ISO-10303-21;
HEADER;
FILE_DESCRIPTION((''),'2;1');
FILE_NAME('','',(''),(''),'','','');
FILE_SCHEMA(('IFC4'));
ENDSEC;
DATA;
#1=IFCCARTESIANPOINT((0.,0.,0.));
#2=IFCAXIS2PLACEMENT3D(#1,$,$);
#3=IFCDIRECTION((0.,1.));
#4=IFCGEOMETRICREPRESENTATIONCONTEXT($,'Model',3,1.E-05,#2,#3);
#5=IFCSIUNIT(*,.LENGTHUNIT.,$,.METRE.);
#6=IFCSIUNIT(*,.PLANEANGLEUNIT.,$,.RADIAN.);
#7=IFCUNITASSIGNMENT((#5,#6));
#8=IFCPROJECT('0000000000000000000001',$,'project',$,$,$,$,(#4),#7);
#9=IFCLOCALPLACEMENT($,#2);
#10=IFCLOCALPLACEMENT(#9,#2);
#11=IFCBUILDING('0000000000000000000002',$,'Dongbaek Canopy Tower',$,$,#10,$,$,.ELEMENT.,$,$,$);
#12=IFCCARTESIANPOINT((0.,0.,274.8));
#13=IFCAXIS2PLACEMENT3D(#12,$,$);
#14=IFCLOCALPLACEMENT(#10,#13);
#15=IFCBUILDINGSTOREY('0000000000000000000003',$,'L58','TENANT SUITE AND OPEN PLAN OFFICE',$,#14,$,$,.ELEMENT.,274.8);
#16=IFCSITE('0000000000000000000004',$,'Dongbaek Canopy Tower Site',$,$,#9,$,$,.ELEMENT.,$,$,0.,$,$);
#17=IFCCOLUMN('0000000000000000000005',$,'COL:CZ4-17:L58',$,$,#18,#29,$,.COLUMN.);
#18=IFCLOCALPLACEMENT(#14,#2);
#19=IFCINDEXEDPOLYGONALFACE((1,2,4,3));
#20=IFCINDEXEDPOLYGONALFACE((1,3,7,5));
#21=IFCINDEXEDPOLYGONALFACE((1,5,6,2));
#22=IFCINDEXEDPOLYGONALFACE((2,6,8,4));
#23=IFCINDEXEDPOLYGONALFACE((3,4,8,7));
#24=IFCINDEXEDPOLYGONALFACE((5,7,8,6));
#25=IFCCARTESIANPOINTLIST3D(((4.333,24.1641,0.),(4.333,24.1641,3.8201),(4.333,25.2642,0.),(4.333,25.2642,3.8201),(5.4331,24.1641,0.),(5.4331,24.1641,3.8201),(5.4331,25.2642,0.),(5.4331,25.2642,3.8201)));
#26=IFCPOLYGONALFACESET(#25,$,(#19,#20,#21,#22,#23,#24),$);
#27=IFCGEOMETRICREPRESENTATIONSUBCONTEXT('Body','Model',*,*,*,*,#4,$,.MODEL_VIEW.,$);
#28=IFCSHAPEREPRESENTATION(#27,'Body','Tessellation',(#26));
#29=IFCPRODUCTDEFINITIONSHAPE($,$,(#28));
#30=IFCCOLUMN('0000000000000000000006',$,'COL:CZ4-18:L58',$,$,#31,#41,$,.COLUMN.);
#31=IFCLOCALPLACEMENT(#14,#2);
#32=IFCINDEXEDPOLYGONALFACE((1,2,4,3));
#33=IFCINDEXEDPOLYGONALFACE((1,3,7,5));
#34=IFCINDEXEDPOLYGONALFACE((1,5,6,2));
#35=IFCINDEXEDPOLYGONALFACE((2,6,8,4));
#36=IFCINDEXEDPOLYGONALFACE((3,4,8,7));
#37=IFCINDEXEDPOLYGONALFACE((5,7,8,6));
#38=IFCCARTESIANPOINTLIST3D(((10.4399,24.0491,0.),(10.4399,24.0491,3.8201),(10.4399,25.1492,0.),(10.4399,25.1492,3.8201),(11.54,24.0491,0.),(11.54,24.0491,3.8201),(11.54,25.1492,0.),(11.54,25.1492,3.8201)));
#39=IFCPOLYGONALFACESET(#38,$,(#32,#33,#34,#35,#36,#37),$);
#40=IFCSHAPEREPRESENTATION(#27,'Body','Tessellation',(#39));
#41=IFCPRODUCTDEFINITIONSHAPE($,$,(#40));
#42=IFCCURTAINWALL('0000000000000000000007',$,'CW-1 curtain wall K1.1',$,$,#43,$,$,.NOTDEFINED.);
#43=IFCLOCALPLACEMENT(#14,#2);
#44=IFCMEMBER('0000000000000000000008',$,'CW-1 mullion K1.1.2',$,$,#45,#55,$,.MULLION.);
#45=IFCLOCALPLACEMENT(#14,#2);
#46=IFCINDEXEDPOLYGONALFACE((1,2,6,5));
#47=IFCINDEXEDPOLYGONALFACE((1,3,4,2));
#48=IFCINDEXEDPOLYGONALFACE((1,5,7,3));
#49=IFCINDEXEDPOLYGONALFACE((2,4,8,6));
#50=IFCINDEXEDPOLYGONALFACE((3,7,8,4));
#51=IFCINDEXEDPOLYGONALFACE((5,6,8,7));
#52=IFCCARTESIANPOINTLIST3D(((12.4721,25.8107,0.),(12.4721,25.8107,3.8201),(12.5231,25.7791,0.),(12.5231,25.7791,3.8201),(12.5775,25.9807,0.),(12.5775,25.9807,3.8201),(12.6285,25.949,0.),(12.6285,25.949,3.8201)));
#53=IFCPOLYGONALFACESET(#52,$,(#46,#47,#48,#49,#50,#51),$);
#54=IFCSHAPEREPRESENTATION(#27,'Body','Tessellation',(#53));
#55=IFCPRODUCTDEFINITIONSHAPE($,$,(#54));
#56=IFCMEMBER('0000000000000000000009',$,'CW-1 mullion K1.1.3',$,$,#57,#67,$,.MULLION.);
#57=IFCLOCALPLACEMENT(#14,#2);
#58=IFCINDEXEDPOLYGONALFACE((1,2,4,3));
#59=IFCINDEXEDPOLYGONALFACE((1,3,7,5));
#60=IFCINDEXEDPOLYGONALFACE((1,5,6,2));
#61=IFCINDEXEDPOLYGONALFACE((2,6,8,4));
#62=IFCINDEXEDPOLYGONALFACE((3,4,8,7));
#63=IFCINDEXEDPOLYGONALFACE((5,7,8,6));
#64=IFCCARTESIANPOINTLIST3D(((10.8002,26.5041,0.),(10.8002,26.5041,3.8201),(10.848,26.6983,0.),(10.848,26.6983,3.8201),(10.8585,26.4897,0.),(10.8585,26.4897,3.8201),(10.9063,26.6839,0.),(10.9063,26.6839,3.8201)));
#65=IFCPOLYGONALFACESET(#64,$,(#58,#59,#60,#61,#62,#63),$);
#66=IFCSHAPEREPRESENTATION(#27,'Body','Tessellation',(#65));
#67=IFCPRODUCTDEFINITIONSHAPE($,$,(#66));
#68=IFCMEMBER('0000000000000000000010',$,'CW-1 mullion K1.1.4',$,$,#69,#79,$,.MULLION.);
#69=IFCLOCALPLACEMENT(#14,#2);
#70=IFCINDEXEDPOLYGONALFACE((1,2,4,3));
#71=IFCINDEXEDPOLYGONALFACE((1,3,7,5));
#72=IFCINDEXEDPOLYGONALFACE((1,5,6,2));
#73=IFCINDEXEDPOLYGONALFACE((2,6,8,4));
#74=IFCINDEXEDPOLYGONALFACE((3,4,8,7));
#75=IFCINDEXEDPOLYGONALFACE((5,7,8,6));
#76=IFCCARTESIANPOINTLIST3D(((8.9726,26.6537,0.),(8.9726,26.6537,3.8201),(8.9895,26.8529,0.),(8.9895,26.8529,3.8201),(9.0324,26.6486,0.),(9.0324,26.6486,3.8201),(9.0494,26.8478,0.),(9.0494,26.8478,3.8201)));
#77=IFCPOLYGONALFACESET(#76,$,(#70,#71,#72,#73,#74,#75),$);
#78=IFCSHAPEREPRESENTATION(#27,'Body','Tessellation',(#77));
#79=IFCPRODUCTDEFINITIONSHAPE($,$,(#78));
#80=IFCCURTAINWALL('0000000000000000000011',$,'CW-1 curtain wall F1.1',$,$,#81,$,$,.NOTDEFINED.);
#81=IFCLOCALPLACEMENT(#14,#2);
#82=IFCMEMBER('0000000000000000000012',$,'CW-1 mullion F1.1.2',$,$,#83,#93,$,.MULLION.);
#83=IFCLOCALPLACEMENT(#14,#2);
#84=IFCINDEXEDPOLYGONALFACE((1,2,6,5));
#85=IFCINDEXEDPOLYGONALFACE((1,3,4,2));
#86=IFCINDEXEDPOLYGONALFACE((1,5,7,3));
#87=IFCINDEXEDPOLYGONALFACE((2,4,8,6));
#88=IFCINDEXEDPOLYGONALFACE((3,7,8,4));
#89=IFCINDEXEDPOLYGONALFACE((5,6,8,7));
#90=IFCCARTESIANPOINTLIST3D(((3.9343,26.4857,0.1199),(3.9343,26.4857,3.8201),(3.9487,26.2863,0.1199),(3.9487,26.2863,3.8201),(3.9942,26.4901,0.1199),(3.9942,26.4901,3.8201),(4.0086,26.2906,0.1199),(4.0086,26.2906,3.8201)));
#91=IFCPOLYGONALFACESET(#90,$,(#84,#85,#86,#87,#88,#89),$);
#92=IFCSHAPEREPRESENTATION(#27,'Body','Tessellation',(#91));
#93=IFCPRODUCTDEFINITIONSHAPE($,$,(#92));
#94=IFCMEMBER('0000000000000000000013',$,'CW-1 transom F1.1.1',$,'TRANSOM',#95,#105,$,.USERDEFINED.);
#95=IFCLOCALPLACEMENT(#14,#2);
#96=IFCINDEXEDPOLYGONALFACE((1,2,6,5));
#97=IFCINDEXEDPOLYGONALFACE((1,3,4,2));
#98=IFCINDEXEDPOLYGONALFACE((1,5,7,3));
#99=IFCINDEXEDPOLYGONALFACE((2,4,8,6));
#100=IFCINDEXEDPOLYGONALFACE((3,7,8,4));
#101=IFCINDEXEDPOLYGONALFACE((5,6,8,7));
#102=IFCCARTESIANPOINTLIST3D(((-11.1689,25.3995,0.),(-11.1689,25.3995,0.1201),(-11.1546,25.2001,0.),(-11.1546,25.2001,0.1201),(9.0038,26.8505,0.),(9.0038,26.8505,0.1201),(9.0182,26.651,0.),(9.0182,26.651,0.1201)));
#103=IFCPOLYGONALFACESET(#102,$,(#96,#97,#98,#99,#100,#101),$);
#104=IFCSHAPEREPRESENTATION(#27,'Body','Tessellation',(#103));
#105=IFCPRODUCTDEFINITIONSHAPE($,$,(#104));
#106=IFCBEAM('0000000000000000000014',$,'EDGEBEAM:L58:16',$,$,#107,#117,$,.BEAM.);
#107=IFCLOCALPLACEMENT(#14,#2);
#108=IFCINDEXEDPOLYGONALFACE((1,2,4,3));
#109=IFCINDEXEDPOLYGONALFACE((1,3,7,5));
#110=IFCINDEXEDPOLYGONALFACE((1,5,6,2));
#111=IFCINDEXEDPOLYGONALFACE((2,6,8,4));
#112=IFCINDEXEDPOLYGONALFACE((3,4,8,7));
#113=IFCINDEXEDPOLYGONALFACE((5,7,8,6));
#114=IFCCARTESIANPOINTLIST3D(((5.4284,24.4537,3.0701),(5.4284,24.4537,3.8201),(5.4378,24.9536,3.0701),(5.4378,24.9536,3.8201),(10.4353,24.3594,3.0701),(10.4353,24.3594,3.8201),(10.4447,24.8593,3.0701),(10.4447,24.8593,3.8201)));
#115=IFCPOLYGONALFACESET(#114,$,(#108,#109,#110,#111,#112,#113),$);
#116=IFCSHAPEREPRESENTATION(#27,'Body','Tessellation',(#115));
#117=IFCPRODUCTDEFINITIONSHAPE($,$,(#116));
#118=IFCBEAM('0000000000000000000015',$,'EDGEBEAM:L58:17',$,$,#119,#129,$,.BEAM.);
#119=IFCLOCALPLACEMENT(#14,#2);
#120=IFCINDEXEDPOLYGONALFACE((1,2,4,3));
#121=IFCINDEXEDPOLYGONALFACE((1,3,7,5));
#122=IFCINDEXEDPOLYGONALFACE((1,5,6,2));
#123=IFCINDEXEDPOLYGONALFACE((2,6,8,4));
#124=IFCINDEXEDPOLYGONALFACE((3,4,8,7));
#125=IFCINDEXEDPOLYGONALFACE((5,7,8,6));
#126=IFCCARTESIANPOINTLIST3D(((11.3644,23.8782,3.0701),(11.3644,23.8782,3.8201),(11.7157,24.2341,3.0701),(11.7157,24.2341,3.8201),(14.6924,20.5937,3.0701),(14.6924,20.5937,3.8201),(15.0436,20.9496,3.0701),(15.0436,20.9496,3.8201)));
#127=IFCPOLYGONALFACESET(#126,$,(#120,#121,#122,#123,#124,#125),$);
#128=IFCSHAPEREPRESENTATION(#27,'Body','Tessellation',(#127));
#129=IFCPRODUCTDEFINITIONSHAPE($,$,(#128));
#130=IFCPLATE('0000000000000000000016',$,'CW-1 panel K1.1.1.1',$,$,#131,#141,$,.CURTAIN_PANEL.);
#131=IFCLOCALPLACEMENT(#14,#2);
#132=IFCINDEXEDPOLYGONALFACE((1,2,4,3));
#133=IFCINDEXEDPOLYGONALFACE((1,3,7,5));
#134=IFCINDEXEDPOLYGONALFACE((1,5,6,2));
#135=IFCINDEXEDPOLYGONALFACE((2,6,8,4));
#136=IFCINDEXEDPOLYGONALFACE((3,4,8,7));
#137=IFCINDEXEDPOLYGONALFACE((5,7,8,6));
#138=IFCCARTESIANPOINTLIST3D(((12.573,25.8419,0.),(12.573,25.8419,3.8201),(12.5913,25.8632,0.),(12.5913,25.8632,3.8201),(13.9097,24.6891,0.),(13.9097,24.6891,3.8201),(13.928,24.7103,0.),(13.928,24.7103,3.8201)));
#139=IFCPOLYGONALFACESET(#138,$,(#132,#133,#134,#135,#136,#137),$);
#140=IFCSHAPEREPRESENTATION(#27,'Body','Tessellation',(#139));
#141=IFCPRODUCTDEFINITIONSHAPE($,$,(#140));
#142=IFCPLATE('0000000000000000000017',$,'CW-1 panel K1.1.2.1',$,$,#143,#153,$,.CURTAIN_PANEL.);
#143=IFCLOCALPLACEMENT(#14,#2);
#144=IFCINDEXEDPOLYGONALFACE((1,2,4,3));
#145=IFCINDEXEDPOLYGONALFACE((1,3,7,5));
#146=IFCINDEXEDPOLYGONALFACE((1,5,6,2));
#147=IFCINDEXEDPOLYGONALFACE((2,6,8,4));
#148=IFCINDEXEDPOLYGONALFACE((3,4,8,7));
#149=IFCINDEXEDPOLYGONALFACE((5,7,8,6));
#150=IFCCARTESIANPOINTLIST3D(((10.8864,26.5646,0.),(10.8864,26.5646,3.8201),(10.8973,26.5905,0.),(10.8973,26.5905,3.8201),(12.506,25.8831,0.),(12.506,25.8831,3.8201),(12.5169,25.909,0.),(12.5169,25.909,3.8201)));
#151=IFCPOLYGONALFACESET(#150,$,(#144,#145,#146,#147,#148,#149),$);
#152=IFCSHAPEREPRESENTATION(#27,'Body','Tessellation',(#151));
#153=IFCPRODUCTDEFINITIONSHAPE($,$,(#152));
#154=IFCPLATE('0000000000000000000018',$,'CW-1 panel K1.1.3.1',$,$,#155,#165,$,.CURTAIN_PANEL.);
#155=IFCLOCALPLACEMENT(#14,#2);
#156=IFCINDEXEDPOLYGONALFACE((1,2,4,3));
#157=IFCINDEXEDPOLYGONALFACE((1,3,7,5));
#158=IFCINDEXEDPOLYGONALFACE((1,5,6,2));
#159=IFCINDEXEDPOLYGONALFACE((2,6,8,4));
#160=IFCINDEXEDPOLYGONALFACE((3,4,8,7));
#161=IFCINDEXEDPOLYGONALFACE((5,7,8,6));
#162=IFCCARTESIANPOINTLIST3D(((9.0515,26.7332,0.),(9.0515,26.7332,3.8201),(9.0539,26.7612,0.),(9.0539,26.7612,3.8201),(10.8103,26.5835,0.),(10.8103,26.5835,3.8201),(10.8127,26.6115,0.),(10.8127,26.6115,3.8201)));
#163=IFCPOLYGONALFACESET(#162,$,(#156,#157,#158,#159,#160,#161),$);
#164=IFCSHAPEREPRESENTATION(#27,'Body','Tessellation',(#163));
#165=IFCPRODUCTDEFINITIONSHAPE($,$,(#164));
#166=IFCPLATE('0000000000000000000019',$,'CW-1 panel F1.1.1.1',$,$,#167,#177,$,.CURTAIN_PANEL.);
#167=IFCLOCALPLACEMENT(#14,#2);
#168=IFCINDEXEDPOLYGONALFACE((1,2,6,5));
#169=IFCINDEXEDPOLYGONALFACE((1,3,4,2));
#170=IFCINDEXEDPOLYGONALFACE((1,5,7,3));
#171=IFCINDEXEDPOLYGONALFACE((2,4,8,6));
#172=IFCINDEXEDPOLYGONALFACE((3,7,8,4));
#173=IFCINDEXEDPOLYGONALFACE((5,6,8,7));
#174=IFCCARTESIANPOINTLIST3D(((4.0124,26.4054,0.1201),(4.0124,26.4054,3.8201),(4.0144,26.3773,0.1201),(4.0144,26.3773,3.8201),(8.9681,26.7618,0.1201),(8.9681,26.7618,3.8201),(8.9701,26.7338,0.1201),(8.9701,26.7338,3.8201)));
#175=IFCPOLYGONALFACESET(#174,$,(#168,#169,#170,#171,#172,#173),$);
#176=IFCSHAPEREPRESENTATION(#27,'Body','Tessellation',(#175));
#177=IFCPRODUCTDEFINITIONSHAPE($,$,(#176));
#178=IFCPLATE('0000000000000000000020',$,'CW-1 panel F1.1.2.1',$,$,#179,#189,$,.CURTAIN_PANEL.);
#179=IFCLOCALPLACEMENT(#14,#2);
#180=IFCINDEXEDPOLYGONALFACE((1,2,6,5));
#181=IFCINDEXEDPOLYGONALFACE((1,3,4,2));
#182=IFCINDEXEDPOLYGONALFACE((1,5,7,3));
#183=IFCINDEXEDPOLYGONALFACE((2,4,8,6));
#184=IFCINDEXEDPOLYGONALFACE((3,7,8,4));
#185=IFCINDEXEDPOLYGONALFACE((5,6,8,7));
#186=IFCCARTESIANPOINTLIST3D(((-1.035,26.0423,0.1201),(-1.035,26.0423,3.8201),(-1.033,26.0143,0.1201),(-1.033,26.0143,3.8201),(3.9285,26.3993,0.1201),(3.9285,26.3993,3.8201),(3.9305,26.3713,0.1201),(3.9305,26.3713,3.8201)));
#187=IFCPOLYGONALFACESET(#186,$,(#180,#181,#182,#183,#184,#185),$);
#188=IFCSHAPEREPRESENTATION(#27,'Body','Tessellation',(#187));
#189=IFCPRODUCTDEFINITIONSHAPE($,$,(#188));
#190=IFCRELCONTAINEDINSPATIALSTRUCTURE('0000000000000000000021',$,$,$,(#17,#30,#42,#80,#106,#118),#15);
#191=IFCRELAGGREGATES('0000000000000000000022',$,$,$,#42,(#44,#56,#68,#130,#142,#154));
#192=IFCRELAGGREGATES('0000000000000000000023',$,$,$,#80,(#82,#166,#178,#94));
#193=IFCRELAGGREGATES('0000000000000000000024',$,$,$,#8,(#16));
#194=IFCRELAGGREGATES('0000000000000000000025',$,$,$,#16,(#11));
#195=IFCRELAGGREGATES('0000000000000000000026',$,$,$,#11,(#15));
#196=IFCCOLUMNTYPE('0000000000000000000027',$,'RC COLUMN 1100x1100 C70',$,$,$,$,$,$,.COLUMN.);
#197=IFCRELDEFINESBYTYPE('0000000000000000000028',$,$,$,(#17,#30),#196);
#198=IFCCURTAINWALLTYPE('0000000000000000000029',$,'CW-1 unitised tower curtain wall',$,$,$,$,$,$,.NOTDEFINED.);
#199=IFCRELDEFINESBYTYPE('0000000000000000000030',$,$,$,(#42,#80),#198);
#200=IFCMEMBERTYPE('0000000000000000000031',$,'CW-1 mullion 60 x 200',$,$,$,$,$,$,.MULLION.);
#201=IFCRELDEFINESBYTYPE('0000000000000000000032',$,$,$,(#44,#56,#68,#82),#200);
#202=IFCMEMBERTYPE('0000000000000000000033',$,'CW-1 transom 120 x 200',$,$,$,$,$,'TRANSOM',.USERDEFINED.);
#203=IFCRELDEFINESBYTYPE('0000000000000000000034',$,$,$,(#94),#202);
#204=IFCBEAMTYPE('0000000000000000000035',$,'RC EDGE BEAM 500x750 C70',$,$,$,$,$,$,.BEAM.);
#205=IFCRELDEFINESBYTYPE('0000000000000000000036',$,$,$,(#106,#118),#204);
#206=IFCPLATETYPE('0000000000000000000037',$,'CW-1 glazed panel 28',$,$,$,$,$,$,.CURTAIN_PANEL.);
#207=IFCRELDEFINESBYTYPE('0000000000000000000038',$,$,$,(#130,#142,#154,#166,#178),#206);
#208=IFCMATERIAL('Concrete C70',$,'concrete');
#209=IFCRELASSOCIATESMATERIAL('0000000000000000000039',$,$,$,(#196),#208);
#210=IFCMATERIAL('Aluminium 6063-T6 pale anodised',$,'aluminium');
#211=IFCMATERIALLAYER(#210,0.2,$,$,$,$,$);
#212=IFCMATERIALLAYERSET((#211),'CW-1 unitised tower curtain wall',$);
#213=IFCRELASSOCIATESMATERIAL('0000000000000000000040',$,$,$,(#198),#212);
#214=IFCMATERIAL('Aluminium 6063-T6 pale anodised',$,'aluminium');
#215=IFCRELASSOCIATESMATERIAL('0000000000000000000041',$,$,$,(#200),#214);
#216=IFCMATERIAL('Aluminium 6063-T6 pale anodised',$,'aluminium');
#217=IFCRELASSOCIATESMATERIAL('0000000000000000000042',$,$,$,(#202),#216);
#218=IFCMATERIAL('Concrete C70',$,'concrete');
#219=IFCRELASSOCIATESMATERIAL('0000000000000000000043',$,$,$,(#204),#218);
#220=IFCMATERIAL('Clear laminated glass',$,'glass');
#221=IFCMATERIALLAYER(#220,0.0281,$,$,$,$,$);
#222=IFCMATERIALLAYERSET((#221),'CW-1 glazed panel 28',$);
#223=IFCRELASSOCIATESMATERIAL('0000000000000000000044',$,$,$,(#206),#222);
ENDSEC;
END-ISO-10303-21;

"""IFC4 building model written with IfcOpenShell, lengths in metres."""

from ifc_helpers import new_model, si_unit, direction, frame, origin, origin_2d, place, context, subcontext, project, spatial, rectangle, extrude, material, layer, layer_set, material_profile, profile_set, type_object, element, aggregate, save


model = new_model("IFC4")

# Units and contexts
model_context = context("Model", 3, precision=1e-05, world=origin(), true_north=direction((0.0, 1.0)))
body_context = subcontext(model_context, "Body", "Model", "MODEL_VIEW")
ifc_project = project(units=[si_unit("LENGTHUNIT", "METRE"), si_unit("PLANEANGLEUNIT", "RADIAN")], contexts=[model_context])

# Site, building, storey
site_placement = place(None, origin())
site = spatial("IfcSite", under=ifc_project, at=site_placement, Name="Dongbaek Canopy Tower Site", CompositionType="ELEMENT", RefElevation=0.0)
building_placement = place(site_placement, origin())
building = spatial("IfcBuilding", under=site, at=building_placement, Name="Dongbaek Canopy Tower", CompositionType="ELEMENT")
storey_placement = place(building_placement, frame((0.0, 0.0, 274.8)))
storey = spatial("IfcBuildingStorey", under=building, at=storey_placement, Name="L58", Description="TENANT SUITE AND OPEN PLAN OFFICE", CompositionType="ELEMENT", Elevation=274.8)

# Columns
ifc_material_1 = material(Name="Concrete C70", Category="concrete")
ifc_material_profile_1 = material_profile(ifc_material_1, rectangle(XDim=1.1001, YDim=1.1001, at=origin_2d()), Name="RC COLUMN 1100x1100 C70")
ifc_profile_set_1 = profile_set([ifc_material_profile_1], Name="Concrete C70")
column_type = type_object("IfcColumnType", Name="RC COLUMN 1100x1100 C70", PredefinedType="COLUMN", material=ifc_profile_set_1)
for number, where, z_axis, x_axis, name in (
    (1, (4.8831, 24.7141, 0.0), (0.0, 0.0, 1.0), (1.0, 0.0, 0.0), "COL:CZ4-17:L58"),
    (2, (10.99, 24.5991, 0.0), (0.0, 0.0, 1.0), (1.0, 0.0, 0.0), "COL:CZ4-18:L58"),
):
    element("IfcColumn", number, at=place(storey_placement, frame(where, z_axis=z_axis, x_axis=x_axis)), inside=storey, type_object=column_type, Name=name, PredefinedType="COLUMN", context=body_context, shape_type="SweptSolid", body=[
        extrude(rectangle(XDim=1.1001, YDim=1.1001, at=origin_2d()), origin(), (0.0, 0.0, 1.0), 3.8201),
    ])

# Curtain walls, members
ifc_material_2 = material(Name="Aluminium 6063-T6 pale anodised", Category="aluminium")
ifc_layer_1 = layer(ifc_material_2, 0.2)
ifc_layer_set_1 = layer_set([ifc_layer_1], Name="CW-1 unitised tower curtain wall")
curtain_wall_type = type_object("IfcCurtainWallType", Name="CW-1 unitised tower curtain wall", PredefinedType="NOTDEFINED", material=ifc_layer_set_1)
curtain_wall_1_placement = place(storey_placement, origin())
curtain_wall_1 = element("IfcCurtainWall", 3, at=curtain_wall_1_placement, inside=storey, type_object=curtain_wall_type, Name="CW-1 curtain wall K1.1", PredefinedType="NOTDEFINED")
ifc_material_3 = material(Name="Aluminium 6063-T6 pale anodised", Category="aluminium")
ifc_material_profile_2 = material_profile(ifc_material_3, rectangle(XDim=0.2, YDim=0.0601, at=origin_2d()), Name="CW-1 mullion 60 x 200")
ifc_profile_set_2 = profile_set([ifc_material_profile_2], Name="Aluminium 6063-T6 pale anodised")
member_type_1 = type_object("IfcMemberType", Name="CW-1 mullion 60 x 200", PredefinedType="MULLION", material=ifc_profile_set_2)
member_1_placement = place(storey_placement, frame((12.5503, 25.8799, 0.0), z_axis=(0.0, 0.0, 1.0), x_axis=(0.526937, 0.849904, 0.0)))
member_1 = element("IfcMember", 4, at=member_1_placement, type_object=member_type_1, Name="CW-1 mullion K1.1.2", PredefinedType="MULLION", context=body_context, shape_type="SweptSolid", body=[
    extrude(rectangle(XDim=0.2, YDim=0.0601, at=origin_2d()), origin(), (0.0, 0.0, 1.0), 3.8201),
])
member_2_placement = place(storey_placement, frame((10.8533, 26.594, 0.0), z_axis=(0.0, 0.0, 1.0), x_axis=(0.23925, 0.970958, 0.0)))
member_2 = element("IfcMember", 5, at=member_2_placement, type_object=member_type_1, Name="CW-1 mullion K1.1.3", PredefinedType="MULLION", context=body_context, shape_type="SweptSolid", body=[
    extrude(rectangle(XDim=0.2, YDim=0.0601, at=origin_2d()), origin(), (0.0, 0.0, 1.0), 3.8201),
])
member_3_placement = place(storey_placement, frame((9.011, 26.7507, 0.0), z_axis=(0.0, 0.0, 1.0), x_axis=(0.084792, 0.996399, 0.0)))
member_3 = element("IfcMember", 6, at=member_3_placement, type_object=member_type_1, Name="CW-1 mullion K1.1.4", PredefinedType="MULLION", context=body_context, shape_type="SweptSolid", body=[
    extrude(rectangle(XDim=0.2, YDim=0.0601, at=origin_2d()), origin(), (0.0, 0.0, 1.0), 3.8201),
])
curtain_wall_2_placement = place(storey_placement, origin())
curtain_wall_2 = element("IfcCurtainWall", 7, at=curtain_wall_2_placement, inside=storey, type_object=curtain_wall_type, Name="CW-1 curtain wall F1.1", PredefinedType="NOTDEFINED")
member_4_placement = place(storey_placement, frame((3.9714, 26.3882, 0.1199), z_axis=(0.0, 0.0, 1.0), x_axis=(-0.071744, 0.997423, 0.0)))
member_4 = element("IfcMember", 8, at=member_4_placement, type_object=member_type_1, Name="CW-1 mullion F1.1.2", PredefinedType="MULLION", context=body_context, shape_type="SweptSolid", body=[
    extrude(rectangle(XDim=0.2, YDim=0.0601, at=origin_2d()), origin(), (0.0, 0.0, 1.0), 3.7002),
])
ifc_material_4 = material(Name="Aluminium 6063-T6 pale anodised", Category="aluminium")
ifc_material_profile_3 = material_profile(ifc_material_4, rectangle(XDim=0.2, YDim=0.1201, at=origin_2d()), Name="CW-1 transom 120 x 200")
ifc_profile_set_3 = profile_set([ifc_material_profile_3], Name="Aluminium 6063-T6 pale anodised")
member_type_2 = type_object("IfcMemberType", Name="CW-1 transom 120 x 200", ElementType="TRANSOM", PredefinedType="USERDEFINED", material=ifc_profile_set_3)
member_5_placement = place(storey_placement, frame((9.011, 26.7507, 0.0601), z_axis=(-0.997423, -0.071739, 0.0), x_axis=(0.071739, -0.997423, 0.0)))
member_5 = element("IfcMember", 9, at=member_5_placement, type_object=member_type_2, Name="CW-1 transom F1.1.1", ObjectType="TRANSOM", PredefinedType="USERDEFINED", context=body_context, shape_type="SweptSolid", body=[
    extrude(rectangle(XDim=0.2, YDim=0.1201, at=origin_2d()), origin(), (0.0, 0.0, 1.0), 20.2249),
])

# Beams
ifc_material_5 = material(Name="Concrete C70", Category="concrete")
ifc_material_profile_4 = material_profile(ifc_material_5, rectangle(XDim=0.5, YDim=0.75, at=origin_2d()), Name="RC EDGE BEAM 500x750 C70")
ifc_profile_set_4 = profile_set([ifc_material_profile_4], Name="Concrete C70")
beam_type = type_object("IfcBeamType", Name="RC EDGE BEAM 500x750 C70", PredefinedType="BEAM", material=ifc_profile_set_4)
beam_1_placement = place(storey_placement, frame((5.4331, 24.7036, 3.4451), z_axis=(0.999823, -0.018819, 0.0), x_axis=(0.018819, 0.999823, 0.0)))
element("IfcBeam", 10, at=beam_1_placement, inside=storey, type_object=beam_type, Name="EDGEBEAM:L58:16", PredefinedType="BEAM", context=body_context, shape_type="SweptSolid", body=[
    extrude(rectangle(XDim=0.5, YDim=0.75, at=origin_2d()), origin(), (0.0, 0.0, 1.0), 5.0078),
])
beam_2_placement = place(storey_placement, frame((11.54, 24.0562, 3.4451), z_axis=(0.711739, -0.702444, 0.0), x_axis=(0.702444, 0.711739, 0.0)))
element("IfcBeam", 11, at=beam_2_placement, inside=storey, type_object=beam_type, Name="EDGEBEAM:L58:17", PredefinedType="BEAM", context=body_context, shape_type="SweptSolid", body=[
    extrude(rectangle(XDim=0.5, YDim=0.75, at=origin_2d()), origin(), (0.0, 0.0, 1.0), 4.6758),
])

# Plates
ifc_material_6 = material(Name="Clear laminated glass", Category="glass")
ifc_layer_2 = layer(ifc_material_6, 0.0281)
ifc_layer_set_2 = layer_set([ifc_layer_2], Name="CW-1 glazed panel 28")
plate_type = type_object("IfcPlateType", Name="CW-1 glazed panel 28", PredefinedType="CURTAIN_PANEL", material=ifc_layer_set_2)
plate_1_placement = place(storey_placement, frame((13.2505, 25.2761, 0.0), z_axis=(0.0, 0.0, 1.0), x_axis=(-0.757258, 0.653116, 0.0)))
plate_1 = element("IfcPlate", 12, at=plate_1_placement, type_object=plate_type, Name="CW-1 panel K1.1.1.1", PredefinedType="CURTAIN_PANEL", context=body_context, shape_type="SweptSolid", body=[
    extrude(rectangle(XDim=1.7651, YDim=0.0281, at=origin_2d()), origin(), (0.0, 0.0, 1.0), 3.8201),
])
plate_2_placement = place(storey_placement, frame((11.7017, 26.2368, 0.0), z_axis=(0.0, 0.0, 1.0), x_axis=(-0.921724, 0.387845, 0.0)))
plate_2 = element("IfcPlate", 13, at=plate_2_placement, type_object=plate_type, Name="CW-1 panel K1.1.2.1", PredefinedType="CURTAIN_PANEL", context=body_context, shape_type="SweptSolid", body=[
    extrude(rectangle(XDim=1.7571, YDim=0.0281, at=origin_2d()), origin(), (0.0, 0.0, 1.0), 3.8201),
])
plate_3_placement = place(storey_placement, frame((9.9321, 26.6724, 0.0), z_axis=(0.0, 0.0, 1.0), x_axis=(-0.996399, 0.084792, 0.0)))
plate_3 = element("IfcPlate", 14, at=plate_3_placement, type_object=plate_type, Name="CW-1 panel K1.1.3.1", PredefinedType="CURTAIN_PANEL", context=body_context, shape_type="SweptSolid", body=[
    extrude(rectangle(XDim=1.7651, YDim=0.0281, at=origin_2d()), origin(), (0.0, 0.0, 1.0), 3.8201),
])
aggregate(curtain_wall_1, [member_1, member_2, member_3, plate_1, plate_2, plate_3])
plate_4_placement = place(storey_placement, frame((6.4912, 26.5696, 0.1201), z_axis=(0.0, 0.0, 1.0), x_axis=(-0.997423, -0.071744, 0.0)))
plate_4 = element("IfcPlate", 15, at=plate_4_placement, type_object=plate_type, Name="CW-1 panel F1.1.1.1", PredefinedType="CURTAIN_PANEL", context=body_context, shape_type="SweptSolid", body=[
    extrude(rectangle(XDim=4.9685, YDim=0.0281, at=origin_2d()), origin(), (0.0, 0.0, 1.0), 3.7),
])
plate_5_placement = place(storey_placement, frame((1.4478, 26.2068, 0.1201), z_axis=(0.0, 0.0, 1.0), x_axis=(-0.997423, -0.071744, 0.0)))
plate_5 = element("IfcPlate", 16, at=plate_5_placement, type_object=plate_type, Name="CW-1 panel F1.1.2.1", PredefinedType="CURTAIN_PANEL", context=body_context, shape_type="SweptSolid", body=[
    extrude(rectangle(XDim=4.9763, YDim=0.0281, at=origin_2d()), origin(), (0.0, 0.0, 1.0), 3.7),
])

aggregate(curtain_wall_2, [member_4, plate_4, plate_5, member_5])

save(model, "model.ifc")
